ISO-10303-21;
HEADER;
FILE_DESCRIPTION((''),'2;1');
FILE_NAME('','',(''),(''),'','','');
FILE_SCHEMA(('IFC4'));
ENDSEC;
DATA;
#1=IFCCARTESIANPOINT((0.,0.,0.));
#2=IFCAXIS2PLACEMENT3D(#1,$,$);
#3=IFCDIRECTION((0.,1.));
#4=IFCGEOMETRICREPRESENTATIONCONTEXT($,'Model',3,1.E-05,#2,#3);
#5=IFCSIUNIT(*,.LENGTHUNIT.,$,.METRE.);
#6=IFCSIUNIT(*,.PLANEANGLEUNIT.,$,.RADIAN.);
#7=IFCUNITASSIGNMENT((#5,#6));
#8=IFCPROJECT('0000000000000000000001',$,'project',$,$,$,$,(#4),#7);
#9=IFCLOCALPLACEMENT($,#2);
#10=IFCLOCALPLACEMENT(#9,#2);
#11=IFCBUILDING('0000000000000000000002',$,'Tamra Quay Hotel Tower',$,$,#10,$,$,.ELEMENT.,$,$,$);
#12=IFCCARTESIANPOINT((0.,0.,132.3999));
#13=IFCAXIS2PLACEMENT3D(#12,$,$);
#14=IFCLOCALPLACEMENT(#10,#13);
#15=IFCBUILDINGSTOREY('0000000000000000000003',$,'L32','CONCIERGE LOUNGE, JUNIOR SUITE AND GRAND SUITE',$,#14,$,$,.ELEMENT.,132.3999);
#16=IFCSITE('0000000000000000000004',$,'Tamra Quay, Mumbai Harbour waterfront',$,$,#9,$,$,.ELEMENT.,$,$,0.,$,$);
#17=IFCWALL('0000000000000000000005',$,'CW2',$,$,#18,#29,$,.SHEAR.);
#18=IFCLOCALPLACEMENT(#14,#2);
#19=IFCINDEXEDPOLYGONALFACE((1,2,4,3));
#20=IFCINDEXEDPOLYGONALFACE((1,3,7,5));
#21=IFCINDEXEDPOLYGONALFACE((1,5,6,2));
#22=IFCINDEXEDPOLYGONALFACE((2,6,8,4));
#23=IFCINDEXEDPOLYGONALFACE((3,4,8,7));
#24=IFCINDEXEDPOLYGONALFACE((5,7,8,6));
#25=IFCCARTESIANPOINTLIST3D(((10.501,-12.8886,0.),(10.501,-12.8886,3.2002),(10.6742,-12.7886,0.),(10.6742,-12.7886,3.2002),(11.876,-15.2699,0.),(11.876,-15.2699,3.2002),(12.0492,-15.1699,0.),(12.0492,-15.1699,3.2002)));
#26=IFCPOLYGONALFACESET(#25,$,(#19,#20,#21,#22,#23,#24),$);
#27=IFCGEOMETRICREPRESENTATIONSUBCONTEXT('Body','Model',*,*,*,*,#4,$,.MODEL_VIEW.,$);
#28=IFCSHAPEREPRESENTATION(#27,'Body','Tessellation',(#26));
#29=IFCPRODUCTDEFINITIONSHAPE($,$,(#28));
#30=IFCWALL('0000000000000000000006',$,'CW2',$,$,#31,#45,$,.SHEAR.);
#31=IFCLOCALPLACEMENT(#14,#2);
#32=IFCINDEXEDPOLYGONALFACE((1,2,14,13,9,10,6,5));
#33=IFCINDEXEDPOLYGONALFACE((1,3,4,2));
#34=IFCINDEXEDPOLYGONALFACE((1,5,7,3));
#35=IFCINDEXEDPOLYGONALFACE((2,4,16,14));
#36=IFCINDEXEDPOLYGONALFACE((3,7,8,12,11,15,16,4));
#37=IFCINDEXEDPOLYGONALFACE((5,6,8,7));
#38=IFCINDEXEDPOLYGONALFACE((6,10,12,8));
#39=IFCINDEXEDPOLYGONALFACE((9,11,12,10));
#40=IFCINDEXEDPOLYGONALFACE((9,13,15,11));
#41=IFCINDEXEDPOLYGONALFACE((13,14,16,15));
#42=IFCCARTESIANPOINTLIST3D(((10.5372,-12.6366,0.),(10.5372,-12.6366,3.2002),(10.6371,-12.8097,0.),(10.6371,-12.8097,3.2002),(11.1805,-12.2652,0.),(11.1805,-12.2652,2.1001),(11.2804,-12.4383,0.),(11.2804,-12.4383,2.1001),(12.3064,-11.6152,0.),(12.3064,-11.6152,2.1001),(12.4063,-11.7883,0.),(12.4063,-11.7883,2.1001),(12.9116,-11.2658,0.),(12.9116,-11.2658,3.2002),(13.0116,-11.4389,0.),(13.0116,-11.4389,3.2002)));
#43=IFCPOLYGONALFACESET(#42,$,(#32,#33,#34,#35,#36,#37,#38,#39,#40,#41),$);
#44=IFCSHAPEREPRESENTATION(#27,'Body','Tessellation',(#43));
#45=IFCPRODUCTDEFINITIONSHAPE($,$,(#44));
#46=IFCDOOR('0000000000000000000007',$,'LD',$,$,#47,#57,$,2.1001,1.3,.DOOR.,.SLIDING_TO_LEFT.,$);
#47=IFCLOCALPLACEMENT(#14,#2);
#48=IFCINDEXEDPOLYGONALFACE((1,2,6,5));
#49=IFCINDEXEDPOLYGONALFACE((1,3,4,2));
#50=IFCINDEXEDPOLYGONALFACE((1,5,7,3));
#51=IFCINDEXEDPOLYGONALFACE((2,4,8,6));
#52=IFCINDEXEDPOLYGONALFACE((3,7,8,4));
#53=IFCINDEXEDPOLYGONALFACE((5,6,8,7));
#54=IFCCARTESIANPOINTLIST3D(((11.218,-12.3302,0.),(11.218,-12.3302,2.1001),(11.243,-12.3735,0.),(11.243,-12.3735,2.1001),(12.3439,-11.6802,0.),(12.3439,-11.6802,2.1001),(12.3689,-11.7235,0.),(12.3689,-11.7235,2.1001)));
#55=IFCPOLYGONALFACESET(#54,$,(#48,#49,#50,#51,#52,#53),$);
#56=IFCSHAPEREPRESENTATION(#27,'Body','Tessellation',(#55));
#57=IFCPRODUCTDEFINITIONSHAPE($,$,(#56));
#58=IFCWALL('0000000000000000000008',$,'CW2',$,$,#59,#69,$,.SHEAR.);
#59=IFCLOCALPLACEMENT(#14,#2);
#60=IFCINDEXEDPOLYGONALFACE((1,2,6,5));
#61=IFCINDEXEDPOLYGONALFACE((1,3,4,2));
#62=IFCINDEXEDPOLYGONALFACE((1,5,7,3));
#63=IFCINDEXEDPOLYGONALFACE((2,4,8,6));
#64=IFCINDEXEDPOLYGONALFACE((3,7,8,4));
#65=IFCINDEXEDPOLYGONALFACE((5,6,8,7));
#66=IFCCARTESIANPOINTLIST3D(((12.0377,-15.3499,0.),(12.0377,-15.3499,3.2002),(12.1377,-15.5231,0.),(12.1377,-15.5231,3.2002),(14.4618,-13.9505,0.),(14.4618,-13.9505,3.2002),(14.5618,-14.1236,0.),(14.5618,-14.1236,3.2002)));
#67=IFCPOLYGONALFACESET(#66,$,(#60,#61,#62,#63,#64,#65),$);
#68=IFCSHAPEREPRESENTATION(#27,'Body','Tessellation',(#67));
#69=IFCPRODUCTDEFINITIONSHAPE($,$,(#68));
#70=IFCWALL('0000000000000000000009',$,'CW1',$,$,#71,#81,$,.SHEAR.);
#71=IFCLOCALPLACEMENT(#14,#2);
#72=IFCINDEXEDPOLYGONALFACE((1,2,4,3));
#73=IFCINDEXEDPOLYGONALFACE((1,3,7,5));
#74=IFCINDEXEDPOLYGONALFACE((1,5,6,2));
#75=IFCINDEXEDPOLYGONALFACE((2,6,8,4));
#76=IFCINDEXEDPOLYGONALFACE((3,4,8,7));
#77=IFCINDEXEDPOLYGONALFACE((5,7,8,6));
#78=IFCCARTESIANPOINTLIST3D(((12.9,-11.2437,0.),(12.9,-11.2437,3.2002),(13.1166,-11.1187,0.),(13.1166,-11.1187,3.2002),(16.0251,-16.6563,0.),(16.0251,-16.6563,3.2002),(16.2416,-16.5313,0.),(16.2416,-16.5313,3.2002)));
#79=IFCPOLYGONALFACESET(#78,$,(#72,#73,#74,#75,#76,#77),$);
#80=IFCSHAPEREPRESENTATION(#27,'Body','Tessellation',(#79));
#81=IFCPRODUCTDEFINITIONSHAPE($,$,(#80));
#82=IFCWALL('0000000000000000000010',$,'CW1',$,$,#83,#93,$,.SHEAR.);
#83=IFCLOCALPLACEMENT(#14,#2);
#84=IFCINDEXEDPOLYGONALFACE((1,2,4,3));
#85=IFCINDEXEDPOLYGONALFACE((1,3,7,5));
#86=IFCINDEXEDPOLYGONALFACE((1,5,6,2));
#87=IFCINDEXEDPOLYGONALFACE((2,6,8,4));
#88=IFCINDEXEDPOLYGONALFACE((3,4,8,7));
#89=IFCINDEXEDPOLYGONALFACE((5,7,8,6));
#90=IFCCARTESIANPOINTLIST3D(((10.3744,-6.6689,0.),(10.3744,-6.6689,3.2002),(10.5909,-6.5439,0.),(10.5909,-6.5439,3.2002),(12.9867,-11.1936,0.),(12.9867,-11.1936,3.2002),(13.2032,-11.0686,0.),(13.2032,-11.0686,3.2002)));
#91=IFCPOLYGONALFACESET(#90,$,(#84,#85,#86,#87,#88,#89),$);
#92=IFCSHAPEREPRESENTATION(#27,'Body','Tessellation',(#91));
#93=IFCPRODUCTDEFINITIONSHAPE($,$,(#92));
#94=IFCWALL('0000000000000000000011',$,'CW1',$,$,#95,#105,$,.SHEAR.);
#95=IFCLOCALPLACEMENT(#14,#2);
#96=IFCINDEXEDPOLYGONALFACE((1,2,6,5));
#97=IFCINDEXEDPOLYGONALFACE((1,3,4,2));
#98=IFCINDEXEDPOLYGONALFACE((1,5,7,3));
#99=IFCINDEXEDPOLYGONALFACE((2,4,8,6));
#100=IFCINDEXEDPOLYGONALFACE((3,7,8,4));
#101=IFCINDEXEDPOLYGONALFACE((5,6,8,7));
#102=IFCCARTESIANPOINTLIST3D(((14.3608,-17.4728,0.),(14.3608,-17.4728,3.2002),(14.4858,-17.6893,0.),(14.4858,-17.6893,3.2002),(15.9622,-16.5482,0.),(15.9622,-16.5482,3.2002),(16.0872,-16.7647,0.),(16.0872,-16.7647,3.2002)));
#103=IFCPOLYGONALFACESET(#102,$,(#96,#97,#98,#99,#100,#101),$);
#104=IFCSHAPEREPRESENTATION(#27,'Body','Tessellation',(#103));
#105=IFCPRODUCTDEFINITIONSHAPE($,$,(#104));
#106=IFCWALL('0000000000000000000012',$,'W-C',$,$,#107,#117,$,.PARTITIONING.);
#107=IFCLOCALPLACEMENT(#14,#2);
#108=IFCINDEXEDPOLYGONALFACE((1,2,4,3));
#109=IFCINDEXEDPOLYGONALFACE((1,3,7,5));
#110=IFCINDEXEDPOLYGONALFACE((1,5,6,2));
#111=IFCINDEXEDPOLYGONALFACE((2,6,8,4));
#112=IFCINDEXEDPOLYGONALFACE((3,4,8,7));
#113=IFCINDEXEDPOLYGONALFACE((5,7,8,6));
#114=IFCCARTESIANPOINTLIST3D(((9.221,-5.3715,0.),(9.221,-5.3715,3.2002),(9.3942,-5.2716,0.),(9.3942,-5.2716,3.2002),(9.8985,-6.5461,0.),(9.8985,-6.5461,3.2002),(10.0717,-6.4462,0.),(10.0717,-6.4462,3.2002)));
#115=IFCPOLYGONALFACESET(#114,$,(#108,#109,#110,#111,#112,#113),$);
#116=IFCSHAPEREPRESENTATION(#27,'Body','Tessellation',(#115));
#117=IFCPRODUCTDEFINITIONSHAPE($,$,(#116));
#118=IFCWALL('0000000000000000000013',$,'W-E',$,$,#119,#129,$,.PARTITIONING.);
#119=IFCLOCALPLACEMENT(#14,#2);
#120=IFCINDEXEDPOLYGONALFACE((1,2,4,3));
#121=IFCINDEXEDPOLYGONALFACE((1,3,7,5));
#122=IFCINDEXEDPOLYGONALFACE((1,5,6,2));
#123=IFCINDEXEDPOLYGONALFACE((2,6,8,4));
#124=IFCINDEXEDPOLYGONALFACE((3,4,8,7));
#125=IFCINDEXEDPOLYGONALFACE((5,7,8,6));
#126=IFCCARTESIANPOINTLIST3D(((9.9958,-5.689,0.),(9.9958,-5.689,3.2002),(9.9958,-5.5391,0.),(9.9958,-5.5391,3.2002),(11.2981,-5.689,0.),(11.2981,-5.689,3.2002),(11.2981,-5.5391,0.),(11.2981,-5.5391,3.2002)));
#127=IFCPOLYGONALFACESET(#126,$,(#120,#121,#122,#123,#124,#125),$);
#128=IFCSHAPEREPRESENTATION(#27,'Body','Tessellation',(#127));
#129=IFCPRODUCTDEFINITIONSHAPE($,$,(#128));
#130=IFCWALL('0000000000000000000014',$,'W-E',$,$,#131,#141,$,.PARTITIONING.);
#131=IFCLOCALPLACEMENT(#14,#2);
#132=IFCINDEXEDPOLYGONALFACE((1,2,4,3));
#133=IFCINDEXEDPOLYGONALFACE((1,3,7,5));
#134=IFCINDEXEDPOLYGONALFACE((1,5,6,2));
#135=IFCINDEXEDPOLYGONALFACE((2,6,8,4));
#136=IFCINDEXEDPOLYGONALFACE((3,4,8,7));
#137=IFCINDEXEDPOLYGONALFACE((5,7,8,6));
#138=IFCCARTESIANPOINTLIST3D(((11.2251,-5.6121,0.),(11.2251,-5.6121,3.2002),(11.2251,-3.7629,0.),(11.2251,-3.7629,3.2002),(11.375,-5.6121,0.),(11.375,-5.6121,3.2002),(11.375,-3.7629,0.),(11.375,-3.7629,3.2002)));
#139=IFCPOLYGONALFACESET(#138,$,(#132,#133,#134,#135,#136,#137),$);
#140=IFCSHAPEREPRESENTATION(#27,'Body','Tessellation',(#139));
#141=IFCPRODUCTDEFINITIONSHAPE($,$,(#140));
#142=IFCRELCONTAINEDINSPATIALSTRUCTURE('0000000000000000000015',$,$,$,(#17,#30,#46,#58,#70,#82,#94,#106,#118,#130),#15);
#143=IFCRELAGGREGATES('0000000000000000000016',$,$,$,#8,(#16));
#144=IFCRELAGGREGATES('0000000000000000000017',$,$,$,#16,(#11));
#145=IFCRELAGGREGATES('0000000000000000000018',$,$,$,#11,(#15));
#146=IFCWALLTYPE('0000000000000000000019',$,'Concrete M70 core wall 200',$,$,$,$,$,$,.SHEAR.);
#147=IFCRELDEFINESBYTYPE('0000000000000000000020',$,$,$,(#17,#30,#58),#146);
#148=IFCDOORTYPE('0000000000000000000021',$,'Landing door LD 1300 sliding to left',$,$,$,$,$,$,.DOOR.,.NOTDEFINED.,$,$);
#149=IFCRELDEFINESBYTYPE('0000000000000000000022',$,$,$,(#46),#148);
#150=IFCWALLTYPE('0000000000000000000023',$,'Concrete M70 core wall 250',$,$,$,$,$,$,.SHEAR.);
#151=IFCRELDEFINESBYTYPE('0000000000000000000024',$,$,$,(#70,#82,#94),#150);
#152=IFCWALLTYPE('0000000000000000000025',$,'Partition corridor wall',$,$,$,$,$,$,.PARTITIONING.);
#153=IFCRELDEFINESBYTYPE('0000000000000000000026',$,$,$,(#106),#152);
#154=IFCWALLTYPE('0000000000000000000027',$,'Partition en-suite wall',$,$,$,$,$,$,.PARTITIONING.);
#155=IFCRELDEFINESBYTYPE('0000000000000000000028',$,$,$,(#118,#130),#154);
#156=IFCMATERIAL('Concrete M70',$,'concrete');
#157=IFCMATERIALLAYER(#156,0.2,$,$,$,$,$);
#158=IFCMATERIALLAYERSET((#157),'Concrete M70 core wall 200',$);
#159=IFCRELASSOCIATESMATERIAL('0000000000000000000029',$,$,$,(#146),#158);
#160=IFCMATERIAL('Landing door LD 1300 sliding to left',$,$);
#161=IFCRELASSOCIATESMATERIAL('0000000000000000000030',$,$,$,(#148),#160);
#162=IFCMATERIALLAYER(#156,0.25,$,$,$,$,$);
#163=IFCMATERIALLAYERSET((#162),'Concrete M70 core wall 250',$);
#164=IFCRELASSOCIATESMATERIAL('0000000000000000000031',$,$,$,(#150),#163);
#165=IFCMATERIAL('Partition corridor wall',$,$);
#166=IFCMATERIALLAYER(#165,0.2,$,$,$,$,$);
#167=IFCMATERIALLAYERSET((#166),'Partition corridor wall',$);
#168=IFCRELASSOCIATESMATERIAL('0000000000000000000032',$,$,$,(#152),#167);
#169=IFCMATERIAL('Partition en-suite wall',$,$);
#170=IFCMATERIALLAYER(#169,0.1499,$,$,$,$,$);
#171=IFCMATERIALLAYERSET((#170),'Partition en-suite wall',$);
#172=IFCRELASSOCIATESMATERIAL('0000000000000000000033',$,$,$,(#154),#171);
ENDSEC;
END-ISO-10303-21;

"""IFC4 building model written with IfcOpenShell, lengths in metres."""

from ifc_helpers import new_model, si_unit, direction, frame, frame_2d, origin, place, context, subcontext, project, spatial, rectangle, extrude, material, layer, layer_set, type_object, element, fill, save


model = new_model("IFC4")

# Units and contexts
model_context = context("Model", 3, precision=1e-05, world=origin(), true_north=direction((0.0, 1.0)))
body_context = subcontext(model_context, "Body", "Model", "MODEL_VIEW")
ifc_project = project(units=[si_unit("LENGTHUNIT", "METRE"), si_unit("PLANEANGLEUNIT", "RADIAN")], contexts=[model_context])

# Site, building, storey
site_placement = place(None, origin())
site = spatial("IfcSite", under=ifc_project, at=site_placement, Name="Tamra Quay, Mumbai Harbour waterfront", CompositionType="ELEMENT", RefElevation=0.0)
building_placement = place(site_placement, origin())
building = spatial("IfcBuilding", under=site, at=building_placement, Name="Tamra Quay Hotel Tower", CompositionType="ELEMENT")
storey_placement = place(building_placement, frame((0.0, 0.0, 132.3999)))
storey = spatial("IfcBuildingStorey", under=building, at=storey_placement, Name="L32", Description="CONCIERGE LOUNGE, JUNIOR SUITE AND GRAND SUITE", CompositionType="ELEMENT", Elevation=132.3999)

# Shared definitions
ifc_material_1 = material(Name="Concrete M70", Category="concrete")

# Wall
ifc_layer_1 = layer(ifc_material_1, 0.2)
ifc_layer_set_1 = layer_set([ifc_layer_1], Name="Concrete M70 core wall 200")
wall_type_1 = type_object("IfcWallType", Name="Concrete M70 core wall 200", PredefinedType="SHEAR", material=ifc_layer_set_1)
wall_1_placement = place(storey_placement, frame((11.9626, -15.22, 0.0), z_axis=(0.0, 0.0, 1.0), x_axis=(-0.500035, 0.866005, 0.0)))
element("IfcWall", 1, at=wall_1_placement, inside=storey, type_object=wall_type_1, Name="CW2", PredefinedType="SHEAR", context=body_context, shape_type="SweptSolid", body=[
    extrude(rectangle(XDim=2.7498, YDim=0.2, at=frame_2d((1.375, 0.0))), origin(), (0.0, 0.0, 1.0), 3.2002),
])

# Wall, opening, door
wall_2_placement = place(storey_placement, frame((10.5872, -12.7231, 0.0), z_axis=(0.0, 0.0, 1.0), x_axis=(0.866037, 0.499979, 0.0)))
wall_2 = element("IfcWall", 2, at=wall_2_placement, inside=storey, type_object=wall_type_1, Name="CW2", PredefinedType="SHEAR", context=body_context, shape_type="SweptSolid", body=[
    extrude(rectangle(XDim=2.7417, YDim=0.2, at=frame_2d((1.3708, 0.0))), origin(), (0.0, 0.0, 1.0), 3.2002),
])
opening_placement = place(wall_2_placement, frame((0.7429, 0.0, 0.0)))
opening = element("IfcOpeningElement", 3, at=opening_placement, cuts=wall_2, PredefinedType="OPENING", context=body_context, shape_type="SweptSolid", body=[
    extrude(rectangle(XDim=1.3, YDim=2.1001, at=frame_2d((0.6499, 1.05))), frame((0.0, 0.1099, 0.0), z_axis=(0.0, -1.0, 0.0), x_axis=(1.0, 0.0, 0.0)), (0.0, 0.0, 1.0), 0.22),
])
ifc_material_2 = material(Name="Landing door LD 1300 sliding to left")
door_type = type_object("IfcDoorType", Name="Landing door LD 1300 sliding to left", OperationType="NOTDEFINED", PredefinedType="DOOR", material=ifc_material_2)
door_placement = place(opening_placement, origin())
door = element("IfcDoor", 4, at=door_placement, inside=storey, type_object=door_type, Name="LD", OperationType="SLIDING_TO_LEFT", OverallHeight=2.1001, OverallWidth=1.3, PredefinedType="DOOR", context=body_context, shape_type="SweptSolid", body=[
    extrude(rectangle(XDim=1.3, YDim=2.1001, at=frame_2d((0.6499, 1.05))), frame((0.0, 0.0249, 0.0), z_axis=(0.0, -1.0, 0.0), x_axis=(1.0, 0.0, 0.0)), (0.0, 0.0, 1.0), 0.05),
])
fill(opening, door)

# Walls
wall_3_placement = place(storey_placement, frame((14.5117, -14.0371, 0.0), z_axis=(0.0, 0.0, 1.0), x_axis=(-0.866045, -0.499967, 0.0)))
element("IfcWall", 5, at=wall_3_placement, inside=storey, type_object=wall_type_1, Name="CW2", PredefinedType="SHEAR", context=body_context, shape_type="SweptSolid", body=[
    extrude(rectangle(XDim=2.7991, YDim=0.2, at=frame_2d((1.3994, 0.0))), origin(), (0.0, 0.0, 1.0), 3.2002),
])
ifc_layer_2 = layer(ifc_material_1, 0.25)
ifc_layer_set_2 = layer_set([ifc_layer_2], Name="Concrete M70 core wall 250")
wall_type_2 = type_object("IfcWallType", Name="Concrete M70 core wall 250", PredefinedType="SHEAR", material=ifc_layer_set_2)
wall_4_placement = place(storey_placement, frame((13.0083, -11.1812, 0.0), z_axis=(0.0, 0.0, 1.0), x_axis=(0.500004, -0.866023, 0.0)))
element("IfcWall", 6, at=wall_4_placement, inside=storey, type_object=wall_type_2, Name="CW1", PredefinedType="SHEAR", context=body_context, shape_type="SweptSolid", body=[
    extrude(rectangle(XDim=6.25, YDim=0.25, at=frame_2d((3.125, 0.0))), origin(), (0.0, 0.0, 1.0), 3.2002),
])
wall_5_placement = place(storey_placement, frame((10.4827, -6.6064, 0.0), z_axis=(0.0, 0.0, 1.0), x_axis=(0.499999, -0.866026, 0.0)))
element("IfcWall", 7, at=wall_5_placement, inside=storey, type_object=wall_type_2, Name="CW1", PredefinedType="SHEAR", context=body_context, shape_type="SweptSolid", body=[
    extrude(rectangle(XDim=5.2246, YDim=0.25, at=frame_2d((2.6123, 0.0))), origin(), (0.0, 0.0, 1.0), 3.2002),
])
wall_6_placement = place(storey_placement, frame((16.0247, -16.6565, 0.0), z_axis=(0.0, 0.0, 1.0), x_axis=(-0.866016, -0.500016, 0.0)))
element("IfcWall", 8, at=wall_6_placement, inside=storey, type_object=wall_type_2, Name="CW1", PredefinedType="SHEAR", context=body_context, shape_type="SweptSolid", body=[
    extrude(rectangle(XDim=1.8491, YDim=0.25, at=frame_2d((0.9246, 0.0))), origin(), (0.0, 0.0, 1.0), 3.2002),
])
ifc_material_3 = material(Name="Partition corridor wall")
ifc_layer_3 = layer(ifc_material_3, 0.2)
ifc_layer_set_3 = layer_set([ifc_layer_3], Name="Partition corridor wall")
wall_type_3 = type_object("IfcWallType", Name="Partition corridor wall", PredefinedType="PARTITIONING", material=ifc_layer_set_3)
wall_7_placement = place(storey_placement, frame((9.3076, -5.3215, 0.0), z_axis=(0.0, 0.0, 1.0), x_axis=(0.499645, -0.866231, 0.0)))
element("IfcWall", 9, at=wall_7_placement, inside=storey, type_object=wall_type_3, Name="W-C", PredefinedType="PARTITIONING", context=body_context, shape_type="SweptSolid", body=[
    extrude(rectangle(XDim=1.356, YDim=0.2, at=frame_2d((0.678, 0.0))), origin(), (0.0, 0.0, 1.0), 3.2002),
])
ifc_material_4 = material(Name="Partition en-suite wall")
ifc_layer_4 = layer(ifc_material_4, 0.1499)
ifc_layer_set_4 = layer_set([ifc_layer_4], Name="Partition en-suite wall")
wall_type_4 = type_object("IfcWallType", Name="Partition en-suite wall", PredefinedType="PARTITIONING", material=ifc_layer_set_4)
wall_8_placement = place(storey_placement, frame((11.2981, -5.614, 0.0), z_axis=(0.0, 0.0, 1.0), x_axis=(-1.0, 0.0, 0.0)))
element("IfcWall", 10, at=wall_8_placement, inside=storey, type_object=wall_type_4, Name="W-E", PredefinedType="PARTITIONING", context=body_context, shape_type="SweptSolid", body=[
    extrude(rectangle(XDim=1.3022, YDim=0.1499, at=frame_2d((0.6511, 0.0))), origin(), (0.0, 0.0, 1.0), 3.2002),
])
wall_9_placement = place(storey_placement, frame((11.3, -5.6121, 0.0), z_axis=(0.0, 0.0, 1.0), x_axis=(0.0, 1.0, 0.0)))
element("IfcWall", 11, at=wall_9_placement, inside=storey, type_object=wall_type_4, Name="W-E", PredefinedType="PARTITIONING", context=body_context, shape_type="SweptSolid", body=[
    extrude(rectangle(XDim=1.8491, YDim=0.1499, at=frame_2d((0.9246, 0.0))), origin(), (0.0, 0.0, 1.0), 3.2002),
])

save(model, "model.ifc")
